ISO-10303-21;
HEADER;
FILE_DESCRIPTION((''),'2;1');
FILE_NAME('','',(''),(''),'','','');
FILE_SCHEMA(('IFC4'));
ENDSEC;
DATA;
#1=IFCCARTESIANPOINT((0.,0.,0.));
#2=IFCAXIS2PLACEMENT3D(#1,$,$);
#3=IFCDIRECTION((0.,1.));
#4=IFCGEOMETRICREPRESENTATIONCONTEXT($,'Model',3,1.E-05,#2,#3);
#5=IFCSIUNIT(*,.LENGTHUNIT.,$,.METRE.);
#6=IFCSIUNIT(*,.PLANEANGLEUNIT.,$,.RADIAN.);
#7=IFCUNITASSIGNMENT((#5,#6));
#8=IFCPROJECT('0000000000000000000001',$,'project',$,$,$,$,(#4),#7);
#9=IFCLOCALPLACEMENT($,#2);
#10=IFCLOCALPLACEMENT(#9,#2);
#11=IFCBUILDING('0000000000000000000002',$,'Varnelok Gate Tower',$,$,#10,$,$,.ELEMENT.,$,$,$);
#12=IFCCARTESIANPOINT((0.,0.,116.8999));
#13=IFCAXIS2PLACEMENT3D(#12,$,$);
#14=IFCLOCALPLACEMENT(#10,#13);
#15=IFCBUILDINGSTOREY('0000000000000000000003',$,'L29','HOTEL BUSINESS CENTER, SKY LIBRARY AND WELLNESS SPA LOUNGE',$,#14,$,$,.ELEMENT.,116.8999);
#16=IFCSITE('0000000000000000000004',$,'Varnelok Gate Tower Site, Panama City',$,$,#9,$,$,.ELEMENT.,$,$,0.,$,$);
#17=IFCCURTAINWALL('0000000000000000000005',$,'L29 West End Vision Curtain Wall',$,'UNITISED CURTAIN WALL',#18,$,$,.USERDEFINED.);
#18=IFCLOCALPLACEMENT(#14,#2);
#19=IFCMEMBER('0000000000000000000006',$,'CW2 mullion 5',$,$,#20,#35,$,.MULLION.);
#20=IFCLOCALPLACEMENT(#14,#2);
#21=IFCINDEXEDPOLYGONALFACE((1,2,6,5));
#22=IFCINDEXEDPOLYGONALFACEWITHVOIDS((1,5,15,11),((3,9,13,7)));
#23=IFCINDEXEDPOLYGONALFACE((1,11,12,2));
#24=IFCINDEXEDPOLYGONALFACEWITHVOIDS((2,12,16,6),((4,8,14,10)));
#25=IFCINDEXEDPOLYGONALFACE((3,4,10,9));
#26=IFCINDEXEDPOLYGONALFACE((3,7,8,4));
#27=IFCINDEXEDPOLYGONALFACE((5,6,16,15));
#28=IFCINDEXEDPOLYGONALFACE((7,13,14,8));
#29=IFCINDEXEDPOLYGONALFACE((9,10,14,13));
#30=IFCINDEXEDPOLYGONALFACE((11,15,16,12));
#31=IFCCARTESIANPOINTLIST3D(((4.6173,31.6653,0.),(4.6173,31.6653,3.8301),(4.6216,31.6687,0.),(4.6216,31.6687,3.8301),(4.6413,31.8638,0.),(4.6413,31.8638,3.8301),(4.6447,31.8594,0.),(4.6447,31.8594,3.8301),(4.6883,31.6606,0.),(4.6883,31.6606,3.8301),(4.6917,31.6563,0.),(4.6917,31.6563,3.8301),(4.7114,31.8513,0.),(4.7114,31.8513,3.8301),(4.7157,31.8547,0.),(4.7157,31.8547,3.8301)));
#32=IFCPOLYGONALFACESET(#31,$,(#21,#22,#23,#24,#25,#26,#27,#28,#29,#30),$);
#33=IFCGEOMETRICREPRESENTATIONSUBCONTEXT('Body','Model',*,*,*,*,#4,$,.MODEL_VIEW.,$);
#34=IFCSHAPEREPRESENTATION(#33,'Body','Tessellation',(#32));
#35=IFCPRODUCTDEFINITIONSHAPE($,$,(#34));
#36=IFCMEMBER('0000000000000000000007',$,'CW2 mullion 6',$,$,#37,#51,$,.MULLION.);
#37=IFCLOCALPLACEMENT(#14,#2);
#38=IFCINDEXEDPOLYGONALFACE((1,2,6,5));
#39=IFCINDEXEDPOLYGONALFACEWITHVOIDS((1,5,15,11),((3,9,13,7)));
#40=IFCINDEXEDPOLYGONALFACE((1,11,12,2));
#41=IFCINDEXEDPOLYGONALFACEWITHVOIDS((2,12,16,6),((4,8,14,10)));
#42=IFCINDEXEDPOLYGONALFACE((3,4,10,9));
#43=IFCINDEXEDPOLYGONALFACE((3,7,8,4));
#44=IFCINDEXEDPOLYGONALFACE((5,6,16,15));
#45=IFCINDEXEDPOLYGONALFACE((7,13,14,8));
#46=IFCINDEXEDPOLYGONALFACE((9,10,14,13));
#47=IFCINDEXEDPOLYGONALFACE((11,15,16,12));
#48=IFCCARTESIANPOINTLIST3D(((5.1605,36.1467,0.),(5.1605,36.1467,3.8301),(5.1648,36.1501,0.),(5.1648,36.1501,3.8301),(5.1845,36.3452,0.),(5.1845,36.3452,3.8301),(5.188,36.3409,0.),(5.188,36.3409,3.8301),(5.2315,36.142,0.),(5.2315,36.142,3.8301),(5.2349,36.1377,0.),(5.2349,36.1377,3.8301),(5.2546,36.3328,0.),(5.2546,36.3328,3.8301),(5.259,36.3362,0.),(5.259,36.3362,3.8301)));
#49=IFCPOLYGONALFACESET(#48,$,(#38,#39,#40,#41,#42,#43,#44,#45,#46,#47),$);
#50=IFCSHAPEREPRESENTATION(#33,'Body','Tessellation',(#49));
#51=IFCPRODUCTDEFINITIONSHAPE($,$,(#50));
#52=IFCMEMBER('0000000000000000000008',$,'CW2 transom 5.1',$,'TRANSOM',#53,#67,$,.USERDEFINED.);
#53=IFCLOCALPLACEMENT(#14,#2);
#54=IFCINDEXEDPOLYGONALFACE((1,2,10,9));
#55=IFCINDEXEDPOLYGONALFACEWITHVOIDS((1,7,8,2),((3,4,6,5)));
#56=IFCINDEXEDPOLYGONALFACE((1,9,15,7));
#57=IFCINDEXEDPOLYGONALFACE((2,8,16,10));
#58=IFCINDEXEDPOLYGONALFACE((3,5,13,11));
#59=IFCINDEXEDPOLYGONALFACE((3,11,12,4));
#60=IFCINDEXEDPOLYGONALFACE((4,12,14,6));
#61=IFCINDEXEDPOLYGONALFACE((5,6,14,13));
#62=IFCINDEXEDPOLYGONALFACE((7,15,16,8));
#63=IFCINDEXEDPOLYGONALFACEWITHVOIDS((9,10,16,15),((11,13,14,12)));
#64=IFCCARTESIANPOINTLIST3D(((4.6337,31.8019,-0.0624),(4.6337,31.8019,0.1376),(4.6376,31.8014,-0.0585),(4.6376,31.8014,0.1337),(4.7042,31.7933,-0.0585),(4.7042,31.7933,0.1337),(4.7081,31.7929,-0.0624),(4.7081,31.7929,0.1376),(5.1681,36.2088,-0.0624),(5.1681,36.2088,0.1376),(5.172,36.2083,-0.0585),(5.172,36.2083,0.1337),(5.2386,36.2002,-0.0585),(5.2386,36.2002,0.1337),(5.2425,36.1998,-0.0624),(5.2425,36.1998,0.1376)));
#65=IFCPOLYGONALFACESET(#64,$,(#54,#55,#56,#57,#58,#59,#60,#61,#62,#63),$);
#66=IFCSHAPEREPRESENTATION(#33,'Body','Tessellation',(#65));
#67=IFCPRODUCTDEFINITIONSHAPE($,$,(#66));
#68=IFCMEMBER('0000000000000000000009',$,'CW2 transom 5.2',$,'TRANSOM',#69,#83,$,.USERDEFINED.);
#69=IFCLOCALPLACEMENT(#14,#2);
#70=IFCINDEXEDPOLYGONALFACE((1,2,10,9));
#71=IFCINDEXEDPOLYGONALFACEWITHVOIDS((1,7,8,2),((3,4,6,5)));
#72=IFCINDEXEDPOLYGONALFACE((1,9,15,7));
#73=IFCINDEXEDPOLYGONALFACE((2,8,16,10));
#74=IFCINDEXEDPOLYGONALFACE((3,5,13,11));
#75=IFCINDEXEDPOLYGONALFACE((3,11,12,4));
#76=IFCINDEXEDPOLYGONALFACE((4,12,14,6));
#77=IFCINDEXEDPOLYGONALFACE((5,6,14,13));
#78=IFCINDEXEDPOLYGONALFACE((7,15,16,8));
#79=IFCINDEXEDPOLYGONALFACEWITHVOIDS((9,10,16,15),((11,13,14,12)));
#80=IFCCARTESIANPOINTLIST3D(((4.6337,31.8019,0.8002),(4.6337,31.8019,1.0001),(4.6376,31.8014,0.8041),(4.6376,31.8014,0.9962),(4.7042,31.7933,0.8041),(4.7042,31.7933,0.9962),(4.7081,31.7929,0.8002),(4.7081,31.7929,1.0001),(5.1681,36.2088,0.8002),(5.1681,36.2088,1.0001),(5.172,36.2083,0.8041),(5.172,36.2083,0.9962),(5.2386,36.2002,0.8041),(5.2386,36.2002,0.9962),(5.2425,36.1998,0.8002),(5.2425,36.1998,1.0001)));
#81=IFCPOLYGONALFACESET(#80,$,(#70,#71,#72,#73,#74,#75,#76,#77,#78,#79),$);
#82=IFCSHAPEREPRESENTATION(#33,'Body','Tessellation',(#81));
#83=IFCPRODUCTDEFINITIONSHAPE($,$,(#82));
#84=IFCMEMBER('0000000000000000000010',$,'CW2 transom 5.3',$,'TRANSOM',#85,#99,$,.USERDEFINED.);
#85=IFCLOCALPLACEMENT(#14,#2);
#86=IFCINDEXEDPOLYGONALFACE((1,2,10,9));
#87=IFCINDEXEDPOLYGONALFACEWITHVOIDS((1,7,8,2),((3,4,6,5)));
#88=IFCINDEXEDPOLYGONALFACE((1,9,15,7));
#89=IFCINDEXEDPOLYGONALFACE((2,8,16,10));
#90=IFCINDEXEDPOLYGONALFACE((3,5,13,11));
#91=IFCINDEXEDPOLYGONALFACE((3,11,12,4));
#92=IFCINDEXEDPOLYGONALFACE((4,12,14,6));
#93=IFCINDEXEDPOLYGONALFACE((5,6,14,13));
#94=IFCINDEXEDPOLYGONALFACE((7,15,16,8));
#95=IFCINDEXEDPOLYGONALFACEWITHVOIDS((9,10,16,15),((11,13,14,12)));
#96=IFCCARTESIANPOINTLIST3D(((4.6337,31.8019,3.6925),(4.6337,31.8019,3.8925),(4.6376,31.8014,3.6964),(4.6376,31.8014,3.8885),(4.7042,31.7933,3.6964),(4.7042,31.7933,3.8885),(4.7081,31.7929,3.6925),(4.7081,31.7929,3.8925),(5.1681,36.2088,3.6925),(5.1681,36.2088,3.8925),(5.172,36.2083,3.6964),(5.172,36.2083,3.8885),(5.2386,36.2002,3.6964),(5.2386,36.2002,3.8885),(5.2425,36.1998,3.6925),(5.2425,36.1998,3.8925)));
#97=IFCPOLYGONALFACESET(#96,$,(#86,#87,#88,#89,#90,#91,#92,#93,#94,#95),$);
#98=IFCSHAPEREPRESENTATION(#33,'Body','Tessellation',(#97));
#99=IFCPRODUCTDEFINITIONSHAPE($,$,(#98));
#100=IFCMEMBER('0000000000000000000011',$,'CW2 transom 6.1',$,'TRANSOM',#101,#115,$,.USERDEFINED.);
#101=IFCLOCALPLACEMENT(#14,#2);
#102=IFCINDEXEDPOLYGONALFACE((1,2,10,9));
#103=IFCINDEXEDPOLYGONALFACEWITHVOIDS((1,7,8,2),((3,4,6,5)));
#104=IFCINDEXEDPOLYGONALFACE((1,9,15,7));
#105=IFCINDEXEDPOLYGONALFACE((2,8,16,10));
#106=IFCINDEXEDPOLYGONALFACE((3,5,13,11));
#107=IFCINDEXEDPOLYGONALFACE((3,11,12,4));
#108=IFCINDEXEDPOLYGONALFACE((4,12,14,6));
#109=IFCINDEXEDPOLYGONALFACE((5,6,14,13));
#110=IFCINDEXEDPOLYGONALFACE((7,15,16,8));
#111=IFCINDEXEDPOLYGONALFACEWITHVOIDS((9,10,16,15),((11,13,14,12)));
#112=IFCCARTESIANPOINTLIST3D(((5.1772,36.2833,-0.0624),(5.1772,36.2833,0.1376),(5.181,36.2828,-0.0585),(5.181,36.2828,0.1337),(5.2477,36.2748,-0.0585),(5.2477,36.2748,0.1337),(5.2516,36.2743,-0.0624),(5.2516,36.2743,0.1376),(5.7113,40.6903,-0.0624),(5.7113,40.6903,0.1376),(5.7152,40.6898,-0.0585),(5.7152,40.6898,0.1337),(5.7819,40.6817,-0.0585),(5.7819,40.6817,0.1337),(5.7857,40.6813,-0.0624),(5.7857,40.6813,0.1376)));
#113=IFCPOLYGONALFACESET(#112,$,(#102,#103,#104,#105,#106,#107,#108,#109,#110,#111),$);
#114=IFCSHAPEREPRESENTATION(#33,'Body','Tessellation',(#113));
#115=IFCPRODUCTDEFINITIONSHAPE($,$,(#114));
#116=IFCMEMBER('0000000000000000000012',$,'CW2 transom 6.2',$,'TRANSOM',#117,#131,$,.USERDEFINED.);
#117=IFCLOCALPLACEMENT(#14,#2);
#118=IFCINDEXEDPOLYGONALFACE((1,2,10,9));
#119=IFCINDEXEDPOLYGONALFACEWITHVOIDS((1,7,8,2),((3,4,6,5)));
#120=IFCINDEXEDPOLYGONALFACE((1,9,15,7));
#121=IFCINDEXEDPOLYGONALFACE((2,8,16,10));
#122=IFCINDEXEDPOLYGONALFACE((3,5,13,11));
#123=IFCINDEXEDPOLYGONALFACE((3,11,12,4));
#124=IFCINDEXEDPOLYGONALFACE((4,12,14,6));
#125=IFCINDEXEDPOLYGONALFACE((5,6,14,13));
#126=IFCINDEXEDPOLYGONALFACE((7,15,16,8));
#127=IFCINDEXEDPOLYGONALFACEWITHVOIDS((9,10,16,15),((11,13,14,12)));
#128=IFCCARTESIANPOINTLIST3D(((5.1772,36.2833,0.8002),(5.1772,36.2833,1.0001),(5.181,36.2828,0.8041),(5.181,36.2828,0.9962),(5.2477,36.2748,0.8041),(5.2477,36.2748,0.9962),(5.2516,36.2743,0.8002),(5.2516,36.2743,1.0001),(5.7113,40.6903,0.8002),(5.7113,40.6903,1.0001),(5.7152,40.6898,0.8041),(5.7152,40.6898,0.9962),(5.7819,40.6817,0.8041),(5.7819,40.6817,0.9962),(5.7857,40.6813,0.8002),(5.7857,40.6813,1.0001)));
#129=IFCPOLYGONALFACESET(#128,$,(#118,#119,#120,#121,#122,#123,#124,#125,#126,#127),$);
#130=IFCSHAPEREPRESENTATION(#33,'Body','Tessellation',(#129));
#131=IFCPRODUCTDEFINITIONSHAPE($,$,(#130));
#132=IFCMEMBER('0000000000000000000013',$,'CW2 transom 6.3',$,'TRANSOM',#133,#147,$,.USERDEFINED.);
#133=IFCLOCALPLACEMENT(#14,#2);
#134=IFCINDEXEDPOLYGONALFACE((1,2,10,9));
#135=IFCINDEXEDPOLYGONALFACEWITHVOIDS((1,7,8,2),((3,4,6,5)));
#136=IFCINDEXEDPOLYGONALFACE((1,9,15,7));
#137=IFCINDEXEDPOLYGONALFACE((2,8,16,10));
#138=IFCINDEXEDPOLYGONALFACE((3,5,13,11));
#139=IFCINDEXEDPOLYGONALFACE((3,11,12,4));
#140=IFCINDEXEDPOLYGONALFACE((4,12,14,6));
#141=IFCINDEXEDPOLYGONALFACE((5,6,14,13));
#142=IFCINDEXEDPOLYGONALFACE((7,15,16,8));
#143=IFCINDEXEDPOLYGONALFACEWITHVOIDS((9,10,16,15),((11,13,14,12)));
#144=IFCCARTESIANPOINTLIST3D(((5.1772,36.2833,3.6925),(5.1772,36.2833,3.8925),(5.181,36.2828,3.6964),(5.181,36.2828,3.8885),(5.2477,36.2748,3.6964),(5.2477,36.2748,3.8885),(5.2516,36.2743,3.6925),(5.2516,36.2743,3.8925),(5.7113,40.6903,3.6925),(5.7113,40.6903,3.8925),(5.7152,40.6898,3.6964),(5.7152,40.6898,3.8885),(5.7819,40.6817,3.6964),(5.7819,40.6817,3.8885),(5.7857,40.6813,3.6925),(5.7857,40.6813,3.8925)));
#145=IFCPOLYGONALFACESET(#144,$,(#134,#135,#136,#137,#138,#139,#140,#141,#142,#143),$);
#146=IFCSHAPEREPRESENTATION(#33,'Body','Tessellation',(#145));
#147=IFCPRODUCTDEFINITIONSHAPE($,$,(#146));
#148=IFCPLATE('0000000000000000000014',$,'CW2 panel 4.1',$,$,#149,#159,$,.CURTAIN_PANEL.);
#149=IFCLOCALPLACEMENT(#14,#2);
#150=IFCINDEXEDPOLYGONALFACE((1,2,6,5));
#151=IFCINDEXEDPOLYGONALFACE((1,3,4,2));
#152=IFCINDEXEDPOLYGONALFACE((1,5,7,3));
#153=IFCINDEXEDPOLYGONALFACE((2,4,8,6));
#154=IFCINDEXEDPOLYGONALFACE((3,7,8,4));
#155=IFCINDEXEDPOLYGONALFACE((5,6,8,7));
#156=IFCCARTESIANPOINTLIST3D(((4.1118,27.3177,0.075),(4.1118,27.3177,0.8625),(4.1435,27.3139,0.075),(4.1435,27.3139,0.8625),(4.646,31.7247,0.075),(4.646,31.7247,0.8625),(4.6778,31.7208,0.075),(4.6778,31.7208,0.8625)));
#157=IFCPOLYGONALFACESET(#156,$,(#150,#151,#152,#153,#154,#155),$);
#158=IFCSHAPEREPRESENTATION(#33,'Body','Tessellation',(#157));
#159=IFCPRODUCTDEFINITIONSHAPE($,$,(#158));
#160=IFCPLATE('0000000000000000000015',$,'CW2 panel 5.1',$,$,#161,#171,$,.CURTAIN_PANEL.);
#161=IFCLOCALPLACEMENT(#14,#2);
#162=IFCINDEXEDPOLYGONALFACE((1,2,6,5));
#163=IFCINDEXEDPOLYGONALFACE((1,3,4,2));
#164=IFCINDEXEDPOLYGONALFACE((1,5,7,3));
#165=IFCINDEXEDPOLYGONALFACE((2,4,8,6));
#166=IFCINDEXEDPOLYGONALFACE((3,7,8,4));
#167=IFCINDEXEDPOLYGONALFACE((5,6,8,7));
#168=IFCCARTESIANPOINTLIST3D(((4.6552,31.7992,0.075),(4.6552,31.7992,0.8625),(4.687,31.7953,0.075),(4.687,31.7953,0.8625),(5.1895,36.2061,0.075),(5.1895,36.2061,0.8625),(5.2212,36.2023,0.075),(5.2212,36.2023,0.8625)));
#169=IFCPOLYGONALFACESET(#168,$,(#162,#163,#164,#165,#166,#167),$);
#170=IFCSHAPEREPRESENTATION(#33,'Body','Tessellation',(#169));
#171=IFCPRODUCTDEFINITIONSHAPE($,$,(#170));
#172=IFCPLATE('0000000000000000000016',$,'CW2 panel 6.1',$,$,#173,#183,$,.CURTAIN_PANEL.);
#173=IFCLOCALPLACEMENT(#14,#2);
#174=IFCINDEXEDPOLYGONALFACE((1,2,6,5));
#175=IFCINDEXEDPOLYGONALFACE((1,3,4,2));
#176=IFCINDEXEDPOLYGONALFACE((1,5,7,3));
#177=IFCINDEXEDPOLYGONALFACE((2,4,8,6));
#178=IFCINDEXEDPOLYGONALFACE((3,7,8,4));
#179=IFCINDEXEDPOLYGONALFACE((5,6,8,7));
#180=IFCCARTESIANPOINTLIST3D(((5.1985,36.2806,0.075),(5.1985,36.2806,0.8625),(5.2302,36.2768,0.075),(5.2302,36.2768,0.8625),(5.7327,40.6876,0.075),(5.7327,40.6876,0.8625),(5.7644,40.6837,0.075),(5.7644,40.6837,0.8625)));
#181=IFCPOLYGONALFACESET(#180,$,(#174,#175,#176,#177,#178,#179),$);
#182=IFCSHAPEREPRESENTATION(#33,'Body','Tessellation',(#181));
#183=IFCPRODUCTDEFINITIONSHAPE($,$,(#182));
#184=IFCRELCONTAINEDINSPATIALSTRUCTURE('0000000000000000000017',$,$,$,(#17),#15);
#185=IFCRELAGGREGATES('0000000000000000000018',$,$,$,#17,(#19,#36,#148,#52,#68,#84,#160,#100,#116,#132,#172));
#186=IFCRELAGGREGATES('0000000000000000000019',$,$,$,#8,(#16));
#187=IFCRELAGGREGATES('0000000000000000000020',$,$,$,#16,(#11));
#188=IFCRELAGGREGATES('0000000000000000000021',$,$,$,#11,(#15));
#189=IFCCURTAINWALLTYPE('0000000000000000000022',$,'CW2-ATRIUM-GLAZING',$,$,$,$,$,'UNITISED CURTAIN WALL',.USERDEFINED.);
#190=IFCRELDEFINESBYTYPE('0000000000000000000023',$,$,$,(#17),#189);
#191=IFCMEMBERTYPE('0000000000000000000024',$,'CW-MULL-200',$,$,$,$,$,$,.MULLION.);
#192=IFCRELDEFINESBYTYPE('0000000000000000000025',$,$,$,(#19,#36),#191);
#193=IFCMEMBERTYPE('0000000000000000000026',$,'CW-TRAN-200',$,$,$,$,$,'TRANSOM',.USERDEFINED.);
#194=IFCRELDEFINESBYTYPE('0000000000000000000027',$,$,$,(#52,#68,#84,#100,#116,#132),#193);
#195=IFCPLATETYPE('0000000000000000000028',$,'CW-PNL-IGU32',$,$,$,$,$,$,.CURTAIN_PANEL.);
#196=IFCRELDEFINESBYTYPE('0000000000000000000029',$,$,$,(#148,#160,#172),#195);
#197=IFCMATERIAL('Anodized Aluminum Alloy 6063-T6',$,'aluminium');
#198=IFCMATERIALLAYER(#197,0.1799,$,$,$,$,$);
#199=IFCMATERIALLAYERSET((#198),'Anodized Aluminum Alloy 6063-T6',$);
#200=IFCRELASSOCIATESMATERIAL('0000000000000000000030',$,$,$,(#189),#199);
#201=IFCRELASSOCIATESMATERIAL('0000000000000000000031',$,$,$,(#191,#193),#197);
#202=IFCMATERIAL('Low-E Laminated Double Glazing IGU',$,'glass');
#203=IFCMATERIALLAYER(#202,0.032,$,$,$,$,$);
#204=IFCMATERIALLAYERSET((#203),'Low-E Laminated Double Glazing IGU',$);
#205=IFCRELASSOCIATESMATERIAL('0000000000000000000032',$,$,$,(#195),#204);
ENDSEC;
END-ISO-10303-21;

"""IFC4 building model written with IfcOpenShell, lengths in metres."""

from ifc_helpers import new_model, si_unit, direction, frame, origin, origin_2d, place, context, subcontext, project, spatial, rectangle, hollow_rectangle, extrude, source, transform, mapped, material, layer, layer_set, material_profile, profile_set, type_object, element, aggregate, save


model = new_model("IFC4")

# Units and contexts
model_context = context("Model", 3, precision=1e-05, world=origin(), true_north=direction((0.0, 1.0)))
body_context = subcontext(model_context, "Body", "Model", "MODEL_VIEW")
ifc_project = project(units=[si_unit("LENGTHUNIT", "METRE"), si_unit("PLANEANGLEUNIT", "RADIAN")], contexts=[model_context])

# Site, building, storey
site_placement = place(None, origin())
site = spatial("IfcSite", under=ifc_project, at=site_placement, Name="Varnelok Gate Tower Site, Panama City", CompositionType="ELEMENT", RefElevation=0.0)
building_placement = place(site_placement, origin())
building = spatial("IfcBuilding", under=site, at=building_placement, Name="Varnelok Gate Tower", CompositionType="ELEMENT")
storey_placement = place(building_placement, frame((0.0, 0.0, 116.8999)))
storey = spatial("IfcBuildingStorey", under=building, at=storey_placement, Name="L29", Description="HOTEL BUSINESS CENTER, SKY LIBRARY AND WELLNESS SPA LOUNGE", CompositionType="ELEMENT", Elevation=116.8999)

# Curtain wall, members, plates
ifc_material_1 = material(Name="Anodized Aluminum Alloy 6063-T6", Category="aluminium")
ifc_layer_1 = layer(ifc_material_1, 0.1799)
ifc_layer_set_1 = layer_set([ifc_layer_1], Name="Anodized Aluminum Alloy 6063-T6")
curtain_wall_type = type_object("IfcCurtainWallType", Name="CW2-ATRIUM-GLAZING", ElementType="UNITISED CURTAIN WALL", PredefinedType="USERDEFINED", material=ifc_layer_set_1)
curtain_wall_placement = place(storey_placement, origin())
curtain_wall = element("IfcCurtainWall", 1, at=curtain_wall_placement, inside=storey, type_object=curtain_wall_type, Name="L29 West End Vision Curtain Wall", ObjectType="UNITISED CURTAIN WALL", PredefinedType="USERDEFINED")
ifc_material_profile_1 = material_profile(ifc_material_1, hollow_rectangle(XDim=0.075, YDim=0.2, WallThickness=0.0039, at=origin_2d()), Name="ALU200X75X4")
ifc_profile_set_1 = profile_set([ifc_material_profile_1], Name="Anodized Aluminum Alloy 6063-T6")
member_type_1 = type_object("IfcMemberType", Name="CW-MULL-200", PredefinedType="MULLION", material=ifc_profile_set_1)
member_1_placement = place(storey_placement, frame((4.6665, 31.76, 0.0), z_axis=(0.0, 0.0, 1.0), x_axis=(-0.992732, 0.120345, 0.0)))
member_1 = element("IfcMember", 2, at=member_1_placement, type_object=member_type_1, Name="CW2 mullion 5", PredefinedType="MULLION", context=body_context, shape_type="SweptSolid", body=[
    extrude(hollow_rectangle(XDim=0.075, YDim=0.2, WallThickness=0.0039, at=origin_2d()), origin(), (0.0, 0.0, 1.0), 3.8301),
])
member_2_placement = place(storey_placement, frame((5.2097, 36.2415, 0.0), z_axis=(0.0, 0.0, 1.0), x_axis=(-0.992732, 0.120345, 0.0)))
member_2 = element("IfcMember", 3, at=member_2_placement, type_object=member_type_1, Name="CW2 mullion 6", PredefinedType="MULLION", context=body_context, shape_type="SweptSolid", body=[
    extrude(hollow_rectangle(XDim=0.075, YDim=0.2, WallThickness=0.0039, at=origin_2d()), origin(), (0.0, 0.0, 1.0), 3.8301),
])
ifc_material_profile_2 = material_profile(ifc_material_1, hollow_rectangle(XDim=0.075, YDim=0.2, WallThickness=0.0039, at=origin_2d()), Name="ALU200X75X4")
ifc_profile_set_2 = profile_set([ifc_material_profile_2], Name="Anodized Aluminum Alloy 6063-T6")
member_type_2 = type_object("IfcMemberType", Name="CW-TRAN-200", ElementType="TRANSOM", PredefinedType="USERDEFINED", material=ifc_profile_set_2)
member_3_placement = place(storey_placement, frame((4.6709, 31.7974, 0.0376), z_axis=(0.120386, 0.992727, 0.0), x_axis=(-0.992727, 0.120386, 0.0)))
member_3 = element("IfcMember", 4, at=member_3_placement, type_object=member_type_2, Name="CW2 transom 5.1", ObjectType="TRANSOM", PredefinedType="USERDEFINED", context=body_context, shape_type="SweptSolid", body=[
    extrude(hollow_rectangle(XDim=0.075, YDim=0.2, WallThickness=0.0039, at=origin_2d()), origin(), (0.0, 0.0, 1.0), 4.4392),
])
member_4_placement = place(storey_placement, frame((4.6709, 31.7974, 0.9001), z_axis=(0.120386, 0.992727, 0.0), x_axis=(-0.992727, 0.120386, 0.0)))
member_4 = element("IfcMember", 5, at=member_4_placement, type_object=member_type_2, Name="CW2 transom 5.2", ObjectType="TRANSOM", PredefinedType="USERDEFINED", context=body_context, shape_type="SweptSolid", body=[
    extrude(hollow_rectangle(XDim=0.075, YDim=0.2, WallThickness=0.0039, at=origin_2d()), origin(), (0.0, 0.0, 1.0), 4.4392),
])
member_5_placement = place(storey_placement, frame((4.6709, 31.7974, 3.7925), z_axis=(0.120386, 0.992727, 0.0), x_axis=(-0.992727, 0.120386, 0.0)))
member_5 = element("IfcMember", 6, at=member_5_placement, type_object=member_type_2, Name="CW2 transom 5.3", ObjectType="TRANSOM", PredefinedType="USERDEFINED", context=body_context, shape_type="SweptSolid", body=[
    extrude(hollow_rectangle(XDim=0.075, YDim=0.2, WallThickness=0.0039, at=origin_2d()), origin(), (0.0, 0.0, 1.0), 4.4392),
])
member_6_placement = place(storey_placement, frame((5.2144, 36.2788, 0.0376), z_axis=(0.120331, 0.992734, 0.0), x_axis=(-0.992734, 0.120331, 0.0)))
member_6 = element("IfcMember", 7, at=member_6_placement, type_object=member_type_2, Name="CW2 transom 6.1", ObjectType="TRANSOM", PredefinedType="USERDEFINED", context=body_context, shape_type="SweptSolid", body=[
    extrude(hollow_rectangle(XDim=0.075, YDim=0.2, WallThickness=0.0039, at=origin_2d()), origin(), (0.0, 0.0, 1.0), 4.4392),
])
member_7_placement = place(storey_placement, frame((5.2144, 36.2788, 0.9001), z_axis=(0.120331, 0.992734, 0.0), x_axis=(-0.992734, 0.120331, 0.0)))
member_7 = element("IfcMember", 8, at=member_7_placement, type_object=member_type_2, Name="CW2 transom 6.2", ObjectType="TRANSOM", PredefinedType="USERDEFINED", context=body_context, shape_type="SweptSolid", body=[
    extrude(hollow_rectangle(XDim=0.075, YDim=0.2, WallThickness=0.0039, at=origin_2d()), origin(), (0.0, 0.0, 1.0), 4.4392),
])
member_8_placement = place(storey_placement, frame((5.2144, 36.2788, 3.7925), z_axis=(0.120331, 0.992734, 0.0), x_axis=(-0.992734, 0.120331, 0.0)))
member_8 = element("IfcMember", 9, at=member_8_placement, type_object=member_type_2, Name="CW2 transom 6.3", ObjectType="TRANSOM", PredefinedType="USERDEFINED", context=body_context, shape_type="SweptSolid", body=[
    extrude(hollow_rectangle(XDim=0.075, YDim=0.2, WallThickness=0.0039, at=origin_2d()), origin(), (0.0, 0.0, 1.0), 4.4392),
])
ifc_material_2 = material(Name="Low-E Laminated Double Glazing IGU", Category="glass")
ifc_layer_2 = layer(ifc_material_2, 0.032)
ifc_layer_set_2 = layer_set([ifc_layer_2], Name="Low-E Laminated Double Glazing IGU")
plate_type = type_object("IfcPlateType", Name="CW-PNL-IGU32", PredefinedType="CURTAIN_PANEL", material=ifc_layer_set_2)
shared_shape_1 = source(origin(), body_context, "Body", "SweptSolid", [
    extrude(rectangle(XDim=4.4392, YDim=0.032, at=origin_2d()), origin(), (0.0, 0.0, 1.0), 0.7876),
])
plate_1_placement = place(storey_placement, frame((4.3948, 29.5193, 0.075), z_axis=(0.0, 0.0, 1.0), x_axis=(0.120345, 0.992732, 0.0)))
plate_1 = element("IfcPlate", 10, at=plate_1_placement, type_object=plate_type, Name="CW2 panel 4.1", PredefinedType="CURTAIN_PANEL", context=body_context, shape_type="MappedRepresentation", body=[
    mapped(shared_shape_1, transform((0.0, 0.0, 0.0), scale=1.0)),
])
plate_2_placement = place(storey_placement, frame((4.9382, 34.0007, 0.075), z_axis=(0.0, 0.0, 1.0), x_axis=(0.120345, 0.992732, 0.0)))
plate_2 = element("IfcPlate", 11, at=plate_2_placement, type_object=plate_type, Name="CW2 panel 5.1", PredefinedType="CURTAIN_PANEL", context=body_context, shape_type="MappedRepresentation", body=[
    mapped(shared_shape_1, transform((0.0, 0.0, 0.0), scale=1.0)),
])
plate_3_placement = place(storey_placement, frame((5.4814, 38.4822, 0.075), z_axis=(0.0, 0.0, 1.0), x_axis=(0.120345, 0.992732, 0.0)))
plate_3 = element("IfcPlate", 12, at=plate_3_placement, type_object=plate_type, Name="CW2 panel 6.1", PredefinedType="CURTAIN_PANEL", context=body_context, shape_type="MappedRepresentation", body=[
    mapped(shared_shape_1, transform((0.0, 0.0, 0.0), scale=1.0)),
])
aggregate(curtain_wall, [member_1, member_2, plate_1, member_3, member_4, member_5, plate_2, member_6, member_7, member_8, plate_3])

save(model, "model.ifc")
